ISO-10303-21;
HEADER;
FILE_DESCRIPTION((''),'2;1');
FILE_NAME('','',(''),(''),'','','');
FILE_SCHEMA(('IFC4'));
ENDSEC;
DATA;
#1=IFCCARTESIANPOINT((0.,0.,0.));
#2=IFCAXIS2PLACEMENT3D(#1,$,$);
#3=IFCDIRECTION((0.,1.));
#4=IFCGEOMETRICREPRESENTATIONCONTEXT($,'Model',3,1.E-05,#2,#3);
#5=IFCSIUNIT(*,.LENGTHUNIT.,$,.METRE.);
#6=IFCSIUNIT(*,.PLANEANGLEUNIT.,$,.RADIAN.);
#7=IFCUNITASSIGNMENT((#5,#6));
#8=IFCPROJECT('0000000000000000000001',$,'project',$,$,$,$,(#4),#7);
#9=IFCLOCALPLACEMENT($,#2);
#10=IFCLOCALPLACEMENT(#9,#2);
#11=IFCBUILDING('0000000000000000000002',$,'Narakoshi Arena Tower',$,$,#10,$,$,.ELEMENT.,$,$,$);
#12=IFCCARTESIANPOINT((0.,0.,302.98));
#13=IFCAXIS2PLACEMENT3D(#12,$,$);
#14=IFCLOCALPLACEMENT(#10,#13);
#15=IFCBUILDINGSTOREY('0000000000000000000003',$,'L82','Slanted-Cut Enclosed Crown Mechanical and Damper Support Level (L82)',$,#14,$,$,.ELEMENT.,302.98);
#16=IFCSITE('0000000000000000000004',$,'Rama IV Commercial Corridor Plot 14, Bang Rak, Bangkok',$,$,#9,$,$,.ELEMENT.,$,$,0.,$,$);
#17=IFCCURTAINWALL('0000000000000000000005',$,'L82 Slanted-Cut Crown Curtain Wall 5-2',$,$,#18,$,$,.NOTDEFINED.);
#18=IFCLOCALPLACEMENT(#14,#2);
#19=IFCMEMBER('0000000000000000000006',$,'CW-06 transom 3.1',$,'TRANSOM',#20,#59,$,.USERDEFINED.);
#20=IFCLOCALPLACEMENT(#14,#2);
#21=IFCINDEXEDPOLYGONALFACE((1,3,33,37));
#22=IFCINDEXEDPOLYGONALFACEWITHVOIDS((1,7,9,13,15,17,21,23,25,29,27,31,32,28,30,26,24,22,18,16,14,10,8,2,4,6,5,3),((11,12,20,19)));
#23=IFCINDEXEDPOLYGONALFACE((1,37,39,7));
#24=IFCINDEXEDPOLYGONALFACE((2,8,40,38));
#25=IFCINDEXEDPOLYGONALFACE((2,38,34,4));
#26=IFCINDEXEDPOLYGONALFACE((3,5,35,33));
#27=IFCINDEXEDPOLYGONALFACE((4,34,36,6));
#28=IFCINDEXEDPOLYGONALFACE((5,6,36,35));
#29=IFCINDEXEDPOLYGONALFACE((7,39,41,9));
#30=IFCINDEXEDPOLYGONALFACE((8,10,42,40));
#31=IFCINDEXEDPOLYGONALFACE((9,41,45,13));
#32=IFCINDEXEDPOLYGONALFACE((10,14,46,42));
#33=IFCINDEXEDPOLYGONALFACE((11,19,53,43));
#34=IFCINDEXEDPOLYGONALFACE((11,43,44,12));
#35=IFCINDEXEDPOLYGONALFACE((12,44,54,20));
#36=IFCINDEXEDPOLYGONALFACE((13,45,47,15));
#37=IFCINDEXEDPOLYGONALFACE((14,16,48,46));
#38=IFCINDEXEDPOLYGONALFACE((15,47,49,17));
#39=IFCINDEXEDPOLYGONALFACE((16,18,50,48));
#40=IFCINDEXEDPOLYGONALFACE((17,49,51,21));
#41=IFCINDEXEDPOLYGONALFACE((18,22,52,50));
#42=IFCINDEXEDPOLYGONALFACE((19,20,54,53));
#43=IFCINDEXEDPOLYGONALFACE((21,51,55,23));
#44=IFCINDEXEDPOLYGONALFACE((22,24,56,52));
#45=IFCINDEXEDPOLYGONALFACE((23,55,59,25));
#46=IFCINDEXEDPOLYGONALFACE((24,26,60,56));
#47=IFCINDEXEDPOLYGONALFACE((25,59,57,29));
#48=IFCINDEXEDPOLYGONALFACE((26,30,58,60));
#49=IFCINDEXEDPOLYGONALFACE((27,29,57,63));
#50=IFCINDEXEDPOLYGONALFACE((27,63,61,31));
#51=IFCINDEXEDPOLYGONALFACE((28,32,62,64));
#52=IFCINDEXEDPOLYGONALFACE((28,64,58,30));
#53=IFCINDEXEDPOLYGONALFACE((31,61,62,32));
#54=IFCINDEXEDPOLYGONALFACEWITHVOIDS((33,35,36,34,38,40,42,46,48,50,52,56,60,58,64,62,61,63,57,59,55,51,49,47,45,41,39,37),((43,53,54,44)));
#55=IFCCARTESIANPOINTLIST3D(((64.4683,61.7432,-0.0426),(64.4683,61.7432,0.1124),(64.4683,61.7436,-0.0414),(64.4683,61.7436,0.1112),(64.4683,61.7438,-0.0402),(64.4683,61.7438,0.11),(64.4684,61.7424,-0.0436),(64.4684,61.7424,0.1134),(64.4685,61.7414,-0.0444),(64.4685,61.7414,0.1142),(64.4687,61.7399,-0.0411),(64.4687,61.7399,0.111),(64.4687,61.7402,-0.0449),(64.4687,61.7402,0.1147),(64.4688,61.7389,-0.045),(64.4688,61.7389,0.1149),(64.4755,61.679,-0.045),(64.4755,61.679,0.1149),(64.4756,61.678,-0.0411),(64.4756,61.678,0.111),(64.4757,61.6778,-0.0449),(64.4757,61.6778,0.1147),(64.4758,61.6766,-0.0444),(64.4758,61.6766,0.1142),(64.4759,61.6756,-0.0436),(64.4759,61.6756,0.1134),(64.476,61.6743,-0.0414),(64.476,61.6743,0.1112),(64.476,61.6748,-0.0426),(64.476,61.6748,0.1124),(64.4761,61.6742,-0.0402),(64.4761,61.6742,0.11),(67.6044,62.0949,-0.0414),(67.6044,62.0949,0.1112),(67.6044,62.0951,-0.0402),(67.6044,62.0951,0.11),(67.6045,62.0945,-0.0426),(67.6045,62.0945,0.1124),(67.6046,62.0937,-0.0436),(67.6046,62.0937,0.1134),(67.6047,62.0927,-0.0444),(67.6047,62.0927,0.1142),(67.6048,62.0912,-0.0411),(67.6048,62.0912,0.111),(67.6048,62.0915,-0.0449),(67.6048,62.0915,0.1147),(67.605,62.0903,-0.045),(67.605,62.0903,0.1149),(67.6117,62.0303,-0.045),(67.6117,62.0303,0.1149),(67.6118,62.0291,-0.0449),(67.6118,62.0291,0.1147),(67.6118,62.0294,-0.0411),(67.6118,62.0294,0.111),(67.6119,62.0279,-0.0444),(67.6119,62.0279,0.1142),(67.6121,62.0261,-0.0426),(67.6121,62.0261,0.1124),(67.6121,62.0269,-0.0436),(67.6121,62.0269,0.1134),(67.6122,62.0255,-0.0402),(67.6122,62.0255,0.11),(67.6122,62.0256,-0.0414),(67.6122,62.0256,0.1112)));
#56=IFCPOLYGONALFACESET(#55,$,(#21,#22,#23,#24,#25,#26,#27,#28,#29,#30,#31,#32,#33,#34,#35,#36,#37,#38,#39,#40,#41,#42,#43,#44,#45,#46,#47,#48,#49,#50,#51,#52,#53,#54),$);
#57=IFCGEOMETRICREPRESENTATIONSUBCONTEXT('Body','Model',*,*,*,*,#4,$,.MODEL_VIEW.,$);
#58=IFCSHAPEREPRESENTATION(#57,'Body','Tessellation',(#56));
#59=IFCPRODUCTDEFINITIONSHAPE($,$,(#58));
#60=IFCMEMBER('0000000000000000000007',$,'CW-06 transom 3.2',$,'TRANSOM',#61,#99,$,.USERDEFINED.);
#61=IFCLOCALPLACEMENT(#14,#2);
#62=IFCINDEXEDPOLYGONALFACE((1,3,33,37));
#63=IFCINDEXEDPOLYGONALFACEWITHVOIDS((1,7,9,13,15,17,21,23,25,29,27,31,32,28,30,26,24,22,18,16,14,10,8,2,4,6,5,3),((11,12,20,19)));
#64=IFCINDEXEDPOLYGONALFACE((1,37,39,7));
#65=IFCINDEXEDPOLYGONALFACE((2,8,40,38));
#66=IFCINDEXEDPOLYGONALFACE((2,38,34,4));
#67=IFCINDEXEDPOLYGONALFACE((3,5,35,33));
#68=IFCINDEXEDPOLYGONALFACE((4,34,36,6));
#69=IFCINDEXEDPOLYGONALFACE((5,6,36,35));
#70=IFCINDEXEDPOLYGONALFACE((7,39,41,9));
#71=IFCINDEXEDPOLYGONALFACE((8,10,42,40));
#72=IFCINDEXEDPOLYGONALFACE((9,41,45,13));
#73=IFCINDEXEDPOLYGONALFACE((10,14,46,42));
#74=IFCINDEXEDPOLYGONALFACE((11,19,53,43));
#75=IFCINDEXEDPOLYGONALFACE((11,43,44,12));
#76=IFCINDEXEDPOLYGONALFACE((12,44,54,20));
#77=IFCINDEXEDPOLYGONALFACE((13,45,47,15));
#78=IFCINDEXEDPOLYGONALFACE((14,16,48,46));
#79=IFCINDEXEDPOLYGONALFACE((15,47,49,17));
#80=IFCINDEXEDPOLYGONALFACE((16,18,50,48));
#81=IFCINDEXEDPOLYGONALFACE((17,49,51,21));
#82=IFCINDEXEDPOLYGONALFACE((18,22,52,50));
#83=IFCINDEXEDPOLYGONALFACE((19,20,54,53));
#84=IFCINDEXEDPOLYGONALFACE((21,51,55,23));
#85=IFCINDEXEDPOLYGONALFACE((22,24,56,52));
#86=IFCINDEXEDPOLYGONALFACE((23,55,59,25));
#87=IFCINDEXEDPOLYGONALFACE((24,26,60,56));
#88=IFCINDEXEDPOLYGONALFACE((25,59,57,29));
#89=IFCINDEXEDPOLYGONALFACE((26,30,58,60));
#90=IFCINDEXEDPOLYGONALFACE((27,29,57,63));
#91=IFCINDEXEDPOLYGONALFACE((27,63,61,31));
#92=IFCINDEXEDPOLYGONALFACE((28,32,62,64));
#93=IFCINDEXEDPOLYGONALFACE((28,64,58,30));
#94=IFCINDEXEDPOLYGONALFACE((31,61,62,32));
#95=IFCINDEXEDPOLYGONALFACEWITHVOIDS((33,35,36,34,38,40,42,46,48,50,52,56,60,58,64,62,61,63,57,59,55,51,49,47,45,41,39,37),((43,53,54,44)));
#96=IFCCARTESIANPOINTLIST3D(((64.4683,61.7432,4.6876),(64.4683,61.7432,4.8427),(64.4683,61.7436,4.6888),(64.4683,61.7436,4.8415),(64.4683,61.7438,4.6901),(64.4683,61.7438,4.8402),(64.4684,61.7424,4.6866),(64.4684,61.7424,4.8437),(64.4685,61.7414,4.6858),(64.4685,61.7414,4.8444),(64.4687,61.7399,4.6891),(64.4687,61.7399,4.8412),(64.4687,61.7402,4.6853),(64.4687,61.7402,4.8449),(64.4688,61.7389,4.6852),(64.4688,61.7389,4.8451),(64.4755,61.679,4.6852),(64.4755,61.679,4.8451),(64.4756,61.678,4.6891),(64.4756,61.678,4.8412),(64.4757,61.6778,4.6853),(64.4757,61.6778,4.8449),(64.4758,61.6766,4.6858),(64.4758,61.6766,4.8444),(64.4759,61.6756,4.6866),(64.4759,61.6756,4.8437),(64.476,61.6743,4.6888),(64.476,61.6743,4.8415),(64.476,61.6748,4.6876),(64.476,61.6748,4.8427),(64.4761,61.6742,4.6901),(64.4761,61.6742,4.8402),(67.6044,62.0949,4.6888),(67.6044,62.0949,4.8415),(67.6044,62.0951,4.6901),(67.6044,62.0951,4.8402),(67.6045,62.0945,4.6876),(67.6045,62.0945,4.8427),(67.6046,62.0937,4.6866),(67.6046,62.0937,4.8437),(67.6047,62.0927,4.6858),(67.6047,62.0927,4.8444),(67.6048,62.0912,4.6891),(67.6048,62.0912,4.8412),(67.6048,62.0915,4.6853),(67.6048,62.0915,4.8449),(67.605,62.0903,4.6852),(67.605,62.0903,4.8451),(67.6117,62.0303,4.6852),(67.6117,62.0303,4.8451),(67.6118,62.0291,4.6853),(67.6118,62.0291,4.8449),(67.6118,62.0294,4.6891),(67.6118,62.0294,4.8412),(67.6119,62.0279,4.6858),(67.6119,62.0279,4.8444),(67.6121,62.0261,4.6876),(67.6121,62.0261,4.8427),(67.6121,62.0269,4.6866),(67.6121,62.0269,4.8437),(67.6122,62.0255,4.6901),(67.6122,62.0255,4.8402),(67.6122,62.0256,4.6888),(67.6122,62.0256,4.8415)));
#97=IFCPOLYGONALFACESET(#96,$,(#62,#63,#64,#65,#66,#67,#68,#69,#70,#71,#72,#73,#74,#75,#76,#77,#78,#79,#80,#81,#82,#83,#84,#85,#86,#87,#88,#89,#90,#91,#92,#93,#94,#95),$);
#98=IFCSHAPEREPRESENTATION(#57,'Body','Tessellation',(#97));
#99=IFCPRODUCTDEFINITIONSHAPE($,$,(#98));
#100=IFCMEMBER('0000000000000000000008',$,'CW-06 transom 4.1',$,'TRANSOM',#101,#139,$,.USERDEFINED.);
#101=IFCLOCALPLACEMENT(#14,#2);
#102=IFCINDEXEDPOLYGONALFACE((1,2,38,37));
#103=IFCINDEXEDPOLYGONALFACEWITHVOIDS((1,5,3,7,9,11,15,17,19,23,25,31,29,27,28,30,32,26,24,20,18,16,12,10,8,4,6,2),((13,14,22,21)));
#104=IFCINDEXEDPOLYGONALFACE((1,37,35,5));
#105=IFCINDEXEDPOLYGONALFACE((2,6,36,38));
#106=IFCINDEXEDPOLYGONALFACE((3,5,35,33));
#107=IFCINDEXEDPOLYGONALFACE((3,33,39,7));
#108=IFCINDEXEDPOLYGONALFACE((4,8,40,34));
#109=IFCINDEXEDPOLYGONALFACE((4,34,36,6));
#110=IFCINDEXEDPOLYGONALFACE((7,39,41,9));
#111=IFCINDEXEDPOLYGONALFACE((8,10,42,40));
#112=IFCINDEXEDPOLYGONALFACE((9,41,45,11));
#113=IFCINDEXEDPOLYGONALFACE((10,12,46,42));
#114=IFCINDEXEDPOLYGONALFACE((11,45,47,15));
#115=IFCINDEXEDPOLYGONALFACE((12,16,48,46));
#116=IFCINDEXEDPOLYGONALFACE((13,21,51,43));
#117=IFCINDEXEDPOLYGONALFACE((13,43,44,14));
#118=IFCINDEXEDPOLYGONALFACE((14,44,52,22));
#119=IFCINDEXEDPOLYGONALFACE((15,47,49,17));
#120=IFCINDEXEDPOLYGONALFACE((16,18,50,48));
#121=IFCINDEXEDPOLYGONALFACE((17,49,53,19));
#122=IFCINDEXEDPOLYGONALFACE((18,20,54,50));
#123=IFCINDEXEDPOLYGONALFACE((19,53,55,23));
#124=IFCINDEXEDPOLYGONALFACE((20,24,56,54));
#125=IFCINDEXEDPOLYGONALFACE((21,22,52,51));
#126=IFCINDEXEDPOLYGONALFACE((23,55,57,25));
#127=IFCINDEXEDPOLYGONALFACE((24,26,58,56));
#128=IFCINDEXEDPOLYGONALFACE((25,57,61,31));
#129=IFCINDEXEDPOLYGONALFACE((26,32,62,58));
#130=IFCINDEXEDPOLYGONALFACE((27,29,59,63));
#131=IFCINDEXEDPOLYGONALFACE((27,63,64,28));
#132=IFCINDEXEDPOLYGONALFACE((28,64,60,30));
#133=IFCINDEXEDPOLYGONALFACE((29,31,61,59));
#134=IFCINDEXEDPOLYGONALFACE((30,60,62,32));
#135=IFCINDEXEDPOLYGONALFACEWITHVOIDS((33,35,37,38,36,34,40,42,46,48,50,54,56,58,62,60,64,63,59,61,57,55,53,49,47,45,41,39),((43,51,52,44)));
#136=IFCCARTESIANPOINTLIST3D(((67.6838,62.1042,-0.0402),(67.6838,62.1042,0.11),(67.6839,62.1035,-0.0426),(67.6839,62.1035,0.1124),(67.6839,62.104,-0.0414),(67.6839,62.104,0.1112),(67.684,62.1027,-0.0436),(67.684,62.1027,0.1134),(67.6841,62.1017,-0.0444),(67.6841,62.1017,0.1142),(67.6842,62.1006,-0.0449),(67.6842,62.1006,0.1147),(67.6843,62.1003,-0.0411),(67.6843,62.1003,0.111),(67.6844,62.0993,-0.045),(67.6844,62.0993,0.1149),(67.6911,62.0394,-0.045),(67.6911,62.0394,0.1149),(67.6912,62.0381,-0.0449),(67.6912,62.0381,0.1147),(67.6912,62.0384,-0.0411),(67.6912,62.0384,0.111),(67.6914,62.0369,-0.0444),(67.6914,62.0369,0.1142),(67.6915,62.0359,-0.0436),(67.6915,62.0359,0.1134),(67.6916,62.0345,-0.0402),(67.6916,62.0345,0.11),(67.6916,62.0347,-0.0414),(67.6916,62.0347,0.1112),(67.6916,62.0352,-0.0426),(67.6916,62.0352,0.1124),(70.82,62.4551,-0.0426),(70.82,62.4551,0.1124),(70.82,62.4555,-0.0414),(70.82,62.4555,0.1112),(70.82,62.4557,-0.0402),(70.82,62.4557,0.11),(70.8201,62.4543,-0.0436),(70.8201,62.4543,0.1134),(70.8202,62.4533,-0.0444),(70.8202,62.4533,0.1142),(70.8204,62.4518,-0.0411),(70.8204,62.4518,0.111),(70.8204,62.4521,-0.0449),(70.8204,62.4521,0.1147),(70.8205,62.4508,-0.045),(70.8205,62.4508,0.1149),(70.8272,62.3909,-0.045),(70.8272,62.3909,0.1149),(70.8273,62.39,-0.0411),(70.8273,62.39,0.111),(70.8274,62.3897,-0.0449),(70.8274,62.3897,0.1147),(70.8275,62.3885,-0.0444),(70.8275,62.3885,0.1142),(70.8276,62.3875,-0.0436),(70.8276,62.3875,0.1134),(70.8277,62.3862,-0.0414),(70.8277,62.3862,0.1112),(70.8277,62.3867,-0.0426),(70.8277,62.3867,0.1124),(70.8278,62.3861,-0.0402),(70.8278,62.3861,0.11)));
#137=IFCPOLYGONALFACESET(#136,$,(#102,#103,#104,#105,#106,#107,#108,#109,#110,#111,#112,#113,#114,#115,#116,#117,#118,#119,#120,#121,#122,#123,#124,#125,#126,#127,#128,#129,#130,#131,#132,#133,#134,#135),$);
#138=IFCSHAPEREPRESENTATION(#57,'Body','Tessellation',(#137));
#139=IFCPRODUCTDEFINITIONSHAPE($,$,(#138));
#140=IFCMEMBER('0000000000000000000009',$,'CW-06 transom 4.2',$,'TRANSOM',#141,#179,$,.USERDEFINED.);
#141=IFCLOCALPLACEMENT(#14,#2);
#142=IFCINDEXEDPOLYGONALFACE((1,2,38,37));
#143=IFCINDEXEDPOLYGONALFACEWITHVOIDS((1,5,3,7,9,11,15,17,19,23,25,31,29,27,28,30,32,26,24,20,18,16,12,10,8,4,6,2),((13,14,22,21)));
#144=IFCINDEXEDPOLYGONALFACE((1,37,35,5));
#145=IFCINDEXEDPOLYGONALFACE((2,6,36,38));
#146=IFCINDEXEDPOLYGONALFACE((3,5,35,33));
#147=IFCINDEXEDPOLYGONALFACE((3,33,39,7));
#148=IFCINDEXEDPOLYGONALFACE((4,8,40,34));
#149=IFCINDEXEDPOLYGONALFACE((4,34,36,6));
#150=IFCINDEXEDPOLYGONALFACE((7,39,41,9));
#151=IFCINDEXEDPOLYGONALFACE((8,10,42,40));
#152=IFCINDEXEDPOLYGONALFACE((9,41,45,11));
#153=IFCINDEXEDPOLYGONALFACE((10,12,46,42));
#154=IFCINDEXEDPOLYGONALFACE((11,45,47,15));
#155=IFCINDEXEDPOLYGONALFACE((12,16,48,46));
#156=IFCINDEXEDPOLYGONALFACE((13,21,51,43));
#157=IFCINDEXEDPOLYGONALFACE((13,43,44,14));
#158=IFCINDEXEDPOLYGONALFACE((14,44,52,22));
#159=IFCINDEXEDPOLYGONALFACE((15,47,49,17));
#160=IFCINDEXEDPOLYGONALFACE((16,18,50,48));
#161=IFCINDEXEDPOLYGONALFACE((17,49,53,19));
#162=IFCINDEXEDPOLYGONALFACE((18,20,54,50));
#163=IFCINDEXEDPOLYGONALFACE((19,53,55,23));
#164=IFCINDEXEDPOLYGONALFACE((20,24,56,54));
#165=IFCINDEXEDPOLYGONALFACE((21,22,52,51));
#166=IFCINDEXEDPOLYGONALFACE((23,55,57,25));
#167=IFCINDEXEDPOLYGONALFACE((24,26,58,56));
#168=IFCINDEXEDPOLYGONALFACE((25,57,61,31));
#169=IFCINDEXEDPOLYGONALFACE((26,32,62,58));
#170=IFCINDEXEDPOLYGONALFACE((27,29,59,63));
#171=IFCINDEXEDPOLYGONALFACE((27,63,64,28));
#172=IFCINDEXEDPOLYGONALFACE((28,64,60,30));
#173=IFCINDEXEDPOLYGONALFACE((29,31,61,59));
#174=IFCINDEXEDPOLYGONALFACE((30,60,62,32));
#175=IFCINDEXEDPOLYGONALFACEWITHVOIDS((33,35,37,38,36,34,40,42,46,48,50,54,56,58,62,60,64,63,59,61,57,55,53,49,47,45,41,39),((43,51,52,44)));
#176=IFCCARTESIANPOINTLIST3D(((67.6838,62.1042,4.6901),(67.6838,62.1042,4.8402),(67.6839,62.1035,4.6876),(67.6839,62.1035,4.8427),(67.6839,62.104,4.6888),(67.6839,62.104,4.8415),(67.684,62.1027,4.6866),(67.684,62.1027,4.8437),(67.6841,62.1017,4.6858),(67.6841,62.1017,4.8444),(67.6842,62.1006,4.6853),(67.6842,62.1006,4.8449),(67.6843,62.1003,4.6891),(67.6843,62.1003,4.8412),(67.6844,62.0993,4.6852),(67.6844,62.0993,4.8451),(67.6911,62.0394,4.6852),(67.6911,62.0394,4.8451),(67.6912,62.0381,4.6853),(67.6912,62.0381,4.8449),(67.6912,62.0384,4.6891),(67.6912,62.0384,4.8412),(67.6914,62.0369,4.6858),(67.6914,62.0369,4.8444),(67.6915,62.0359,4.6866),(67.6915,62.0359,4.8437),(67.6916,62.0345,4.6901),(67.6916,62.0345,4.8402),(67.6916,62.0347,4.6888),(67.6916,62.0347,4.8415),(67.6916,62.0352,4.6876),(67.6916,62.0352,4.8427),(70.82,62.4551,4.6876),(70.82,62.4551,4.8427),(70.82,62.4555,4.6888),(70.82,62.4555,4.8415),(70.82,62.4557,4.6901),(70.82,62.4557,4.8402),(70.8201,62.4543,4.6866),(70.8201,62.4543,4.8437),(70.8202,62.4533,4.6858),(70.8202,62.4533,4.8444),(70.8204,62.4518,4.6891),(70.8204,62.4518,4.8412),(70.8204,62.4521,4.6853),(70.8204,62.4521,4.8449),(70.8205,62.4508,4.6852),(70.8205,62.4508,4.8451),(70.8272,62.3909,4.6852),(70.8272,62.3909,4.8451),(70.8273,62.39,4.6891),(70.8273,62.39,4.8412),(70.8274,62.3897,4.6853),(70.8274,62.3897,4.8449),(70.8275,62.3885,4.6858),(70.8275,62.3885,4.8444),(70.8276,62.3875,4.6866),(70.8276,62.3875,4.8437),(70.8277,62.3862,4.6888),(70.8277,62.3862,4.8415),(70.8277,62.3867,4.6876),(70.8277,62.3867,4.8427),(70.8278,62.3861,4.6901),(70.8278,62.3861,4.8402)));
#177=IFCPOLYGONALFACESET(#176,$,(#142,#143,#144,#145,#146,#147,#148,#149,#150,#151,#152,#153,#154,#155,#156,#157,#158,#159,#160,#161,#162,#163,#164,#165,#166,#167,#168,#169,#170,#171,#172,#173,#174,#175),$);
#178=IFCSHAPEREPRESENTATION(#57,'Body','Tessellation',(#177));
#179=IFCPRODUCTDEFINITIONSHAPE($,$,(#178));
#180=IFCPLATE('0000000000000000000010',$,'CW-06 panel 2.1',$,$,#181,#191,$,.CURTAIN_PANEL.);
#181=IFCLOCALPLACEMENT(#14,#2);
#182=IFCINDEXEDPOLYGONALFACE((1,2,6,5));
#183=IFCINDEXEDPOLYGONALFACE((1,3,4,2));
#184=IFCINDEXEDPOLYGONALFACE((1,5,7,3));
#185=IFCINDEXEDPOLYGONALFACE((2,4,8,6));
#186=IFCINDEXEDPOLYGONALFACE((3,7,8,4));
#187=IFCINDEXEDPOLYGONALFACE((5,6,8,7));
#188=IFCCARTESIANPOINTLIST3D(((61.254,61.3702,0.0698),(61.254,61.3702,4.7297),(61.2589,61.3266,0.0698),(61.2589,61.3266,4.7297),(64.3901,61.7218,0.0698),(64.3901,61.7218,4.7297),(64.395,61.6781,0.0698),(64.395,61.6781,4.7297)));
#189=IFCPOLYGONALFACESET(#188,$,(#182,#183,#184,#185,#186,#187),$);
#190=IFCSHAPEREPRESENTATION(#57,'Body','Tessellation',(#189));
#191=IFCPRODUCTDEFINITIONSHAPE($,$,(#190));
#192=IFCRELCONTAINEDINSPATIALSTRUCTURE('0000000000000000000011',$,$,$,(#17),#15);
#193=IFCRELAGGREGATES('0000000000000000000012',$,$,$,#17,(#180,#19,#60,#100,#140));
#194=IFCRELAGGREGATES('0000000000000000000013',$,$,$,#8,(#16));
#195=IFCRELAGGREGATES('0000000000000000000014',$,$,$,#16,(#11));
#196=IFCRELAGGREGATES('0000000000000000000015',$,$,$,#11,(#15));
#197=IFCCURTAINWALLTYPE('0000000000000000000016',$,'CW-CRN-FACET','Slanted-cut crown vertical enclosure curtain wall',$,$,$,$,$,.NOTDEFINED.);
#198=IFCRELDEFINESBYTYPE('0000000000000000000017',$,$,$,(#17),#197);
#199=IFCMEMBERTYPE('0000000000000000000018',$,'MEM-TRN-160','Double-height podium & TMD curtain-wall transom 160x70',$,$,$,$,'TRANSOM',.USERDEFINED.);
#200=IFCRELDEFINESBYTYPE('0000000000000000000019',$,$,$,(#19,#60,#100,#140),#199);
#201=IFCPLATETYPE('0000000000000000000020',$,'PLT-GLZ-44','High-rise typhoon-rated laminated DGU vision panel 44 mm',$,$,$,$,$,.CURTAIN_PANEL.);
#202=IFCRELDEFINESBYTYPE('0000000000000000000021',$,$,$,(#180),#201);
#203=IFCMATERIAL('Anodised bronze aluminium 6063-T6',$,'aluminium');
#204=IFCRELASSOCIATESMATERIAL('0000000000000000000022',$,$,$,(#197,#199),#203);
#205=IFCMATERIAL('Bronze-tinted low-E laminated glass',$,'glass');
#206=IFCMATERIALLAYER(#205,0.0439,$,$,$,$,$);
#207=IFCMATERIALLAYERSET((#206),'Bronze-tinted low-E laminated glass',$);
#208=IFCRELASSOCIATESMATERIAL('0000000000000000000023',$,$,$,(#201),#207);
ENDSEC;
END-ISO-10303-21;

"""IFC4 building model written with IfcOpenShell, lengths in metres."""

from ifc_helpers import new_model, si_unit, direction, frame, origin, origin_2d, place, context, subcontext, project, spatial, rectangle, hollow_rectangle, extrude, material, layer, layer_set, material_profile, profile_set, type_object, element, aggregate, save


model = new_model("IFC4")

# Units and contexts
model_context = context("Model", 3, precision=1e-05, world=origin(), true_north=direction((0.0, 1.0)))
body_context = subcontext(model_context, "Body", "Model", "MODEL_VIEW")
ifc_project = project(units=[si_unit("LENGTHUNIT", "METRE"), si_unit("PLANEANGLEUNIT", "RADIAN")], contexts=[model_context])

# Site, building, storey
site_placement = place(None, origin())
site = spatial("IfcSite", under=ifc_project, at=site_placement, Name="Rama IV Commercial Corridor Plot 14, Bang Rak, Bangkok", CompositionType="ELEMENT", RefElevation=0.0)
building_placement = place(site_placement, origin())
building = spatial("IfcBuilding", under=site, at=building_placement, Name="Narakoshi Arena Tower", CompositionType="ELEMENT")
storey_placement = place(building_placement, frame((0.0, 0.0, 302.98)))
storey = spatial("IfcBuildingStorey", under=building, at=storey_placement, Name="L82", Description="Slanted-Cut Enclosed Crown Mechanical and Damper Support Level (L82)", CompositionType="ELEMENT", Elevation=302.98)

# Curtain wall, members, plate
ifc_material_1 = material(Name="Anodised bronze aluminium 6063-T6", Category="aluminium")
curtain_wall_type = type_object("IfcCurtainWallType", Name="CW-CRN-FACET", Description="Slanted-cut crown vertical enclosure curtain wall", PredefinedType="NOTDEFINED", material=ifc_material_1)
curtain_wall_placement = place(storey_placement, origin())
curtain_wall = element("IfcCurtainWall", 1, at=curtain_wall_placement, inside=storey, type_object=curtain_wall_type, Name="L82 Slanted-Cut Crown Curtain Wall 5-2", PredefinedType="NOTDEFINED")
ifc_material_profile_1 = material_profile(ifc_material_1, hollow_rectangle(XDim=0.0701, YDim=0.1599, WallThickness=0.0039, OuterFilletRadius=0.0049, at=origin_2d()), Name="TRN160x70x4")
ifc_profile_set_1 = profile_set([ifc_material_profile_1], Name="Anodised bronze aluminium 6063-T6")
member_type_1 = type_object("IfcMemberType", Name="MEM-TRN-160", Description="Double-height podium & TMD curtain-wall transom 160x70", ElementType="TRANSOM", PredefinedType="USERDEFINED", material=ifc_profile_set_1)
member_1_placement = place(storey_placement, frame((64.4722, 61.709, 0.0349), z_axis=(0.993784, 0.111323, 0.0), x_axis=(-0.111323, 0.993784, 0.0)))
member_1 = element("IfcMember", 2, at=member_1_placement, type_object=member_type_1, Name="CW-06 transom 3.1", ObjectType="TRANSOM", PredefinedType="USERDEFINED", context=body_context, shape_type="SweptSolid", body=[
    extrude(hollow_rectangle(XDim=0.0701, YDim=0.1599, WallThickness=0.0039, OuterFilletRadius=0.0049, at=origin_2d()), origin(), (0.0, 0.0, 1.0), 3.1558),
])
member_2_placement = place(storey_placement, frame((64.4722, 61.709, 4.7651), z_axis=(0.993784, 0.111323, 0.0), x_axis=(-0.111323, 0.993784, 0.0)))
member_2 = element("IfcMember", 3, at=member_2_placement, type_object=member_type_1, Name="CW-06 transom 3.2", ObjectType="TRANSOM", PredefinedType="USERDEFINED", context=body_context, shape_type="SweptSolid", body=[
    extrude(hollow_rectangle(XDim=0.0701, YDim=0.1599, WallThickness=0.0039, OuterFilletRadius=0.0049, at=origin_2d()), origin(), (0.0, 0.0, 1.0), 3.1558),
])
member_3_placement = place(storey_placement, frame((67.6877, 62.0693, 0.0349), z_axis=(0.993776, 0.111399, 0.0), x_axis=(-0.111399, 0.993776, 0.0)))
member_3 = element("IfcMember", 4, at=member_3_placement, type_object=member_type_1, Name="CW-06 transom 4.1", ObjectType="TRANSOM", PredefinedType="USERDEFINED", context=body_context, shape_type="SweptSolid", body=[
    extrude(hollow_rectangle(XDim=0.0701, YDim=0.1599, WallThickness=0.0039, OuterFilletRadius=0.0049, at=origin_2d()), origin(), (0.0, 0.0, 1.0), 3.1558),
])
member_4_placement = place(storey_placement, frame((67.6877, 62.0693, 4.7651), z_axis=(0.993776, 0.111399, 0.0), x_axis=(-0.111399, 0.993776, 0.0)))
member_4 = element("IfcMember", 5, at=member_4_placement, type_object=member_type_1, Name="CW-06 transom 4.2", ObjectType="TRANSOM", PredefinedType="USERDEFINED", context=body_context, shape_type="SweptSolid", body=[
    extrude(hollow_rectangle(XDim=0.0701, YDim=0.1599, WallThickness=0.0039, OuterFilletRadius=0.0049, at=origin_2d()), origin(), (0.0, 0.0, 1.0), 3.1558),
])
ifc_material_2 = material(Name="Bronze-tinted low-E laminated glass", Category="glass")
ifc_layer_1 = layer(ifc_material_2, 0.0439)
ifc_layer_set_1 = layer_set([ifc_layer_1], Name="Bronze-tinted low-E laminated glass")
plate_type = type_object("IfcPlateType", Name="PLT-GLZ-44", Description="High-rise typhoon-rated laminated DGU vision panel 44 mm", PredefinedType="CURTAIN_PANEL", material=ifc_layer_set_1)
plate_1_placement = place(storey_placement, frame((62.8245, 61.5242, 0.0698), z_axis=(0.0, 0.0, 1.0), x_axis=(0.993776, 0.111395, 0.0)))
plate_1 = element("IfcPlate", 6, at=plate_1_placement, type_object=plate_type, Name="CW-06 panel 2.1", PredefinedType="CURTAIN_PANEL", context=body_context, shape_type="SweptSolid", body=[
    extrude(rectangle(XDim=3.1558, YDim=0.0439, at=origin_2d()), origin(), (0.0, 0.0, 1.0), 4.6599),
])
aggregate(curtain_wall, [plate_1, member_1, member_2, member_3, member_4])

save(model, "model.ifc")
